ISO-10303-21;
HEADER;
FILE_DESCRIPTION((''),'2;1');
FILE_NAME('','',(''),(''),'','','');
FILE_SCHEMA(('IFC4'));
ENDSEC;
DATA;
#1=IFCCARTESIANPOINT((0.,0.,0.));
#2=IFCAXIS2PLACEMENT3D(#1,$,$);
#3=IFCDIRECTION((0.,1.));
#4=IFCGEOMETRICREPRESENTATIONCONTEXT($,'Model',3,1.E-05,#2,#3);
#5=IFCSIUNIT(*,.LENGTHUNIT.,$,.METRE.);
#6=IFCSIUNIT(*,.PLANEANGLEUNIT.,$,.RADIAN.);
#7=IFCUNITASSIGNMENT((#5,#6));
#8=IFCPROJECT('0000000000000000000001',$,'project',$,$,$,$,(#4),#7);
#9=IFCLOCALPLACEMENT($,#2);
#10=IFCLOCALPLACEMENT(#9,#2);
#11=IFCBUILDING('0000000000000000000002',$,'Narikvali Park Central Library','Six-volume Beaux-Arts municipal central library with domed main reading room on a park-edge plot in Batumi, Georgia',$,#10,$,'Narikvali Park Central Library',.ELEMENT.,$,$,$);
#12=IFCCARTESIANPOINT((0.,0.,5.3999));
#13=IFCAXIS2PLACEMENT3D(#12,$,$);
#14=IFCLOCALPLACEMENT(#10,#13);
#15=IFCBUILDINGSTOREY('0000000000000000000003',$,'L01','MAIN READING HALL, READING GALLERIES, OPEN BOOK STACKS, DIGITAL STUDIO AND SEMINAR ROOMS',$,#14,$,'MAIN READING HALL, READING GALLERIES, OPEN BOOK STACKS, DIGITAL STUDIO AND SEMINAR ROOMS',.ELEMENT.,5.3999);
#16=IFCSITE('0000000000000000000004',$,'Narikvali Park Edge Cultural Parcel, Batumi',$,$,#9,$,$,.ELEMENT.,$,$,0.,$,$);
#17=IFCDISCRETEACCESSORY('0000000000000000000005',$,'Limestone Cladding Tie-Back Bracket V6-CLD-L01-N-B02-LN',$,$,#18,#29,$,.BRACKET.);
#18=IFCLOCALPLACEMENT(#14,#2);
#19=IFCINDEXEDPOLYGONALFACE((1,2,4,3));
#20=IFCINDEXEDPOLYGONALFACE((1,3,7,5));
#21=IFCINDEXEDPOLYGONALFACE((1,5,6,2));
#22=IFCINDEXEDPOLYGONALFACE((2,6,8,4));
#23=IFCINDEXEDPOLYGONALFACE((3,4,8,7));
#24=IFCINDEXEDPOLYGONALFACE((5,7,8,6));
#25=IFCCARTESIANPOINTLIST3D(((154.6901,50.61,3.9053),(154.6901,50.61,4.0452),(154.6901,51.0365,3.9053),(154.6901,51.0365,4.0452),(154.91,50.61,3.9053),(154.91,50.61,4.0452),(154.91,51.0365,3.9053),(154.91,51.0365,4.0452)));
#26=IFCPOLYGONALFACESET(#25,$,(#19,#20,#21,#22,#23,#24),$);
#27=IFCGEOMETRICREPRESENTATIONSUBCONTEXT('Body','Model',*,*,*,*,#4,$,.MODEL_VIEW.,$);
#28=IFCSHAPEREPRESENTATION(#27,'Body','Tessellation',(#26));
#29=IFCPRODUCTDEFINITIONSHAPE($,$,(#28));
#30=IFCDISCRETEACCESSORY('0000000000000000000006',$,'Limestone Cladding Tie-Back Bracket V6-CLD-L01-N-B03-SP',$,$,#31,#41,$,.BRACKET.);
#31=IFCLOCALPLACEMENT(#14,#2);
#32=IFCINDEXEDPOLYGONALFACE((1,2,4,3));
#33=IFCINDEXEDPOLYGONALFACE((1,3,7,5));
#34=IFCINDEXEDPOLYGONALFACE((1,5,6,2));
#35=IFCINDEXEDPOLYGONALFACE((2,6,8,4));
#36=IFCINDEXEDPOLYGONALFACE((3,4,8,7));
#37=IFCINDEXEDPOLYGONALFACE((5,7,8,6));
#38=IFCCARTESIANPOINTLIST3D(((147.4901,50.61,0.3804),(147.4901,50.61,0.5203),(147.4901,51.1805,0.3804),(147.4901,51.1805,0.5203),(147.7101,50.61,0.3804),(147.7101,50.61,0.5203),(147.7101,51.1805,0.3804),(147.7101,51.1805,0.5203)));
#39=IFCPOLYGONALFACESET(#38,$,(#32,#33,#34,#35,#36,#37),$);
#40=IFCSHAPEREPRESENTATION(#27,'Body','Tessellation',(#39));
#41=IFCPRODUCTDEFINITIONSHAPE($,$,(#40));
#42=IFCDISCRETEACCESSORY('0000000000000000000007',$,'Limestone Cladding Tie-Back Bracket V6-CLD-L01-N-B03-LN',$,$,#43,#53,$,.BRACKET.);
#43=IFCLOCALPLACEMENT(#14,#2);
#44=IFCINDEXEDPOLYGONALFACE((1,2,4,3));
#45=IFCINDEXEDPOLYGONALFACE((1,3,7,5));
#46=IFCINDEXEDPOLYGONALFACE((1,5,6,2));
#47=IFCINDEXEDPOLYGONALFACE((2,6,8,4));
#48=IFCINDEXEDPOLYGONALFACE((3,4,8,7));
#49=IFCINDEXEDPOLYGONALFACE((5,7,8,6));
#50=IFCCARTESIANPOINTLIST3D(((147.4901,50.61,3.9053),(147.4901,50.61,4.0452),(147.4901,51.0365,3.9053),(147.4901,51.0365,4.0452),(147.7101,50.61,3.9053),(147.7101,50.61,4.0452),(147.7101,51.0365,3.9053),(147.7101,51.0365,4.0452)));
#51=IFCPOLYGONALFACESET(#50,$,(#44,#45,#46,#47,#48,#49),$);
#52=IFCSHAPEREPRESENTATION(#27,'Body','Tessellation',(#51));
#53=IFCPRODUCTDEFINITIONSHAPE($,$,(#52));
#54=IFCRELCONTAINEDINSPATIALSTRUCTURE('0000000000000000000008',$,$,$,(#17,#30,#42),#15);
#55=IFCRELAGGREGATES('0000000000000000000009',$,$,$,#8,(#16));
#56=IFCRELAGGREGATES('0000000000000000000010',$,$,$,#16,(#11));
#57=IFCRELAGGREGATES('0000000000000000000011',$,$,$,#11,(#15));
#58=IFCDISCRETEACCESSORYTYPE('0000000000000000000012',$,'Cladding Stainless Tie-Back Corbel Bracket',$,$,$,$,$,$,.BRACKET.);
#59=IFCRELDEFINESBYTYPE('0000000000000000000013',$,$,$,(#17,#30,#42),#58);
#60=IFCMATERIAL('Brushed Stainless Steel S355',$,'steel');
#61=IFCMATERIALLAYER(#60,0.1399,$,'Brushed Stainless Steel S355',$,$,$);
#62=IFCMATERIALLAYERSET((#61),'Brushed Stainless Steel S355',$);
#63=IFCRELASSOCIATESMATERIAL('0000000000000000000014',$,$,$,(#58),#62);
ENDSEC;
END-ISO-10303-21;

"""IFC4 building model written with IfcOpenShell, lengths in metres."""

from ifc_helpers import new_model, si_unit, direction, frame, origin, origin_2d, place, context, subcontext, project, spatial, rectangle, extrude, material, layer, layer_set, type_object, element, save


model = new_model("IFC4")

# Units and contexts
model_context = context("Model", 3, precision=1e-05, world=origin(), true_north=direction((0.0, 1.0)))
body_context = subcontext(model_context, "Body", "Model", "MODEL_VIEW")
ifc_project = project(units=[si_unit("LENGTHUNIT", "METRE"), si_unit("PLANEANGLEUNIT", "RADIAN")], contexts=[model_context])

# Site, building, storey
site_placement = place(None, origin())
site = spatial("IfcSite", under=ifc_project, at=site_placement, Name="Narikvali Park Edge Cultural Parcel, Batumi", CompositionType="ELEMENT", RefElevation=0.0)
building_placement = place(site_placement, origin())
building = spatial("IfcBuilding", under=site, at=building_placement, Name="Narikvali Park Central Library", Description="Six-volume Beaux-Arts municipal central library with domed main reading room on a park-edge plot in Batumi, Georgia", LongName="Narikvali Park Central Library", CompositionType="ELEMENT")
storey_placement = place(building_placement, frame((0.0, 0.0, 5.3999)))
storey = spatial("IfcBuildingStorey", under=building, at=storey_placement, Name="L01", Description="MAIN READING HALL, READING GALLERIES, OPEN BOOK STACKS, DIGITAL STUDIO AND SEMINAR ROOMS", LongName="MAIN READING HALL, READING GALLERIES, OPEN BOOK STACKS, DIGITAL STUDIO AND SEMINAR ROOMS", CompositionType="ELEMENT", Elevation=5.3999)

# Discrete accessories
ifc_material_1 = material(Name="Brushed Stainless Steel S355", Category="steel")
ifc_layer_1 = layer(ifc_material_1, 0.1399, Name="Brushed Stainless Steel S355")
ifc_layer_set_1 = layer_set([ifc_layer_1], Name="Brushed Stainless Steel S355")
discrete_accessory_type = type_object("IfcDiscreteAccessoryType", Name="Cladding Stainless Tie-Back Corbel Bracket", PredefinedType="BRACKET", material=ifc_layer_set_1)
discrete_accessory_1_placement = place(storey_placement, frame((154.8, 50.8232, 3.9053), z_axis=(0.0, 0.0, 1.0), x_axis=(1.0, 0.0, 0.0)))
element("IfcDiscreteAccessory", 1, at=discrete_accessory_1_placement, inside=storey, type_object=discrete_accessory_type, Name="Limestone Cladding Tie-Back Bracket V6-CLD-L01-N-B02-LN", PredefinedType="BRACKET", context=body_context, shape_type="SweptSolid", body=[
    extrude(rectangle(XDim=0.22, YDim=0.4265, at=origin_2d()), origin(), (0.0, 0.0, 1.0), 0.1399),
])
discrete_accessory_2_placement = place(storey_placement, frame((147.6001, 50.8953, 0.3804), z_axis=(0.0, 0.0, 1.0), x_axis=(1.0, 0.0, 0.0)))
element("IfcDiscreteAccessory", 2, at=discrete_accessory_2_placement, inside=storey, type_object=discrete_accessory_type, Name="Limestone Cladding Tie-Back Bracket V6-CLD-L01-N-B03-SP", PredefinedType="BRACKET", context=body_context, shape_type="SweptSolid", body=[
    extrude(rectangle(XDim=0.22, YDim=0.5706, at=origin_2d()), origin(), (0.0, 0.0, 1.0), 0.1399),
])
discrete_accessory_3_placement = place(storey_placement, frame((147.6001, 50.8232, 3.9053), z_axis=(0.0, 0.0, 1.0), x_axis=(1.0, 0.0, 0.0)))
element("IfcDiscreteAccessory", 3, at=discrete_accessory_3_placement, inside=storey, type_object=discrete_accessory_type, Name="Limestone Cladding Tie-Back Bracket V6-CLD-L01-N-B03-LN", PredefinedType="BRACKET", context=body_context, shape_type="SweptSolid", body=[
    extrude(rectangle(XDim=0.22, YDim=0.4265, at=origin_2d()), origin(), (0.0, 0.0, 1.0), 0.1399),
])

save(model, "model.ifc")
